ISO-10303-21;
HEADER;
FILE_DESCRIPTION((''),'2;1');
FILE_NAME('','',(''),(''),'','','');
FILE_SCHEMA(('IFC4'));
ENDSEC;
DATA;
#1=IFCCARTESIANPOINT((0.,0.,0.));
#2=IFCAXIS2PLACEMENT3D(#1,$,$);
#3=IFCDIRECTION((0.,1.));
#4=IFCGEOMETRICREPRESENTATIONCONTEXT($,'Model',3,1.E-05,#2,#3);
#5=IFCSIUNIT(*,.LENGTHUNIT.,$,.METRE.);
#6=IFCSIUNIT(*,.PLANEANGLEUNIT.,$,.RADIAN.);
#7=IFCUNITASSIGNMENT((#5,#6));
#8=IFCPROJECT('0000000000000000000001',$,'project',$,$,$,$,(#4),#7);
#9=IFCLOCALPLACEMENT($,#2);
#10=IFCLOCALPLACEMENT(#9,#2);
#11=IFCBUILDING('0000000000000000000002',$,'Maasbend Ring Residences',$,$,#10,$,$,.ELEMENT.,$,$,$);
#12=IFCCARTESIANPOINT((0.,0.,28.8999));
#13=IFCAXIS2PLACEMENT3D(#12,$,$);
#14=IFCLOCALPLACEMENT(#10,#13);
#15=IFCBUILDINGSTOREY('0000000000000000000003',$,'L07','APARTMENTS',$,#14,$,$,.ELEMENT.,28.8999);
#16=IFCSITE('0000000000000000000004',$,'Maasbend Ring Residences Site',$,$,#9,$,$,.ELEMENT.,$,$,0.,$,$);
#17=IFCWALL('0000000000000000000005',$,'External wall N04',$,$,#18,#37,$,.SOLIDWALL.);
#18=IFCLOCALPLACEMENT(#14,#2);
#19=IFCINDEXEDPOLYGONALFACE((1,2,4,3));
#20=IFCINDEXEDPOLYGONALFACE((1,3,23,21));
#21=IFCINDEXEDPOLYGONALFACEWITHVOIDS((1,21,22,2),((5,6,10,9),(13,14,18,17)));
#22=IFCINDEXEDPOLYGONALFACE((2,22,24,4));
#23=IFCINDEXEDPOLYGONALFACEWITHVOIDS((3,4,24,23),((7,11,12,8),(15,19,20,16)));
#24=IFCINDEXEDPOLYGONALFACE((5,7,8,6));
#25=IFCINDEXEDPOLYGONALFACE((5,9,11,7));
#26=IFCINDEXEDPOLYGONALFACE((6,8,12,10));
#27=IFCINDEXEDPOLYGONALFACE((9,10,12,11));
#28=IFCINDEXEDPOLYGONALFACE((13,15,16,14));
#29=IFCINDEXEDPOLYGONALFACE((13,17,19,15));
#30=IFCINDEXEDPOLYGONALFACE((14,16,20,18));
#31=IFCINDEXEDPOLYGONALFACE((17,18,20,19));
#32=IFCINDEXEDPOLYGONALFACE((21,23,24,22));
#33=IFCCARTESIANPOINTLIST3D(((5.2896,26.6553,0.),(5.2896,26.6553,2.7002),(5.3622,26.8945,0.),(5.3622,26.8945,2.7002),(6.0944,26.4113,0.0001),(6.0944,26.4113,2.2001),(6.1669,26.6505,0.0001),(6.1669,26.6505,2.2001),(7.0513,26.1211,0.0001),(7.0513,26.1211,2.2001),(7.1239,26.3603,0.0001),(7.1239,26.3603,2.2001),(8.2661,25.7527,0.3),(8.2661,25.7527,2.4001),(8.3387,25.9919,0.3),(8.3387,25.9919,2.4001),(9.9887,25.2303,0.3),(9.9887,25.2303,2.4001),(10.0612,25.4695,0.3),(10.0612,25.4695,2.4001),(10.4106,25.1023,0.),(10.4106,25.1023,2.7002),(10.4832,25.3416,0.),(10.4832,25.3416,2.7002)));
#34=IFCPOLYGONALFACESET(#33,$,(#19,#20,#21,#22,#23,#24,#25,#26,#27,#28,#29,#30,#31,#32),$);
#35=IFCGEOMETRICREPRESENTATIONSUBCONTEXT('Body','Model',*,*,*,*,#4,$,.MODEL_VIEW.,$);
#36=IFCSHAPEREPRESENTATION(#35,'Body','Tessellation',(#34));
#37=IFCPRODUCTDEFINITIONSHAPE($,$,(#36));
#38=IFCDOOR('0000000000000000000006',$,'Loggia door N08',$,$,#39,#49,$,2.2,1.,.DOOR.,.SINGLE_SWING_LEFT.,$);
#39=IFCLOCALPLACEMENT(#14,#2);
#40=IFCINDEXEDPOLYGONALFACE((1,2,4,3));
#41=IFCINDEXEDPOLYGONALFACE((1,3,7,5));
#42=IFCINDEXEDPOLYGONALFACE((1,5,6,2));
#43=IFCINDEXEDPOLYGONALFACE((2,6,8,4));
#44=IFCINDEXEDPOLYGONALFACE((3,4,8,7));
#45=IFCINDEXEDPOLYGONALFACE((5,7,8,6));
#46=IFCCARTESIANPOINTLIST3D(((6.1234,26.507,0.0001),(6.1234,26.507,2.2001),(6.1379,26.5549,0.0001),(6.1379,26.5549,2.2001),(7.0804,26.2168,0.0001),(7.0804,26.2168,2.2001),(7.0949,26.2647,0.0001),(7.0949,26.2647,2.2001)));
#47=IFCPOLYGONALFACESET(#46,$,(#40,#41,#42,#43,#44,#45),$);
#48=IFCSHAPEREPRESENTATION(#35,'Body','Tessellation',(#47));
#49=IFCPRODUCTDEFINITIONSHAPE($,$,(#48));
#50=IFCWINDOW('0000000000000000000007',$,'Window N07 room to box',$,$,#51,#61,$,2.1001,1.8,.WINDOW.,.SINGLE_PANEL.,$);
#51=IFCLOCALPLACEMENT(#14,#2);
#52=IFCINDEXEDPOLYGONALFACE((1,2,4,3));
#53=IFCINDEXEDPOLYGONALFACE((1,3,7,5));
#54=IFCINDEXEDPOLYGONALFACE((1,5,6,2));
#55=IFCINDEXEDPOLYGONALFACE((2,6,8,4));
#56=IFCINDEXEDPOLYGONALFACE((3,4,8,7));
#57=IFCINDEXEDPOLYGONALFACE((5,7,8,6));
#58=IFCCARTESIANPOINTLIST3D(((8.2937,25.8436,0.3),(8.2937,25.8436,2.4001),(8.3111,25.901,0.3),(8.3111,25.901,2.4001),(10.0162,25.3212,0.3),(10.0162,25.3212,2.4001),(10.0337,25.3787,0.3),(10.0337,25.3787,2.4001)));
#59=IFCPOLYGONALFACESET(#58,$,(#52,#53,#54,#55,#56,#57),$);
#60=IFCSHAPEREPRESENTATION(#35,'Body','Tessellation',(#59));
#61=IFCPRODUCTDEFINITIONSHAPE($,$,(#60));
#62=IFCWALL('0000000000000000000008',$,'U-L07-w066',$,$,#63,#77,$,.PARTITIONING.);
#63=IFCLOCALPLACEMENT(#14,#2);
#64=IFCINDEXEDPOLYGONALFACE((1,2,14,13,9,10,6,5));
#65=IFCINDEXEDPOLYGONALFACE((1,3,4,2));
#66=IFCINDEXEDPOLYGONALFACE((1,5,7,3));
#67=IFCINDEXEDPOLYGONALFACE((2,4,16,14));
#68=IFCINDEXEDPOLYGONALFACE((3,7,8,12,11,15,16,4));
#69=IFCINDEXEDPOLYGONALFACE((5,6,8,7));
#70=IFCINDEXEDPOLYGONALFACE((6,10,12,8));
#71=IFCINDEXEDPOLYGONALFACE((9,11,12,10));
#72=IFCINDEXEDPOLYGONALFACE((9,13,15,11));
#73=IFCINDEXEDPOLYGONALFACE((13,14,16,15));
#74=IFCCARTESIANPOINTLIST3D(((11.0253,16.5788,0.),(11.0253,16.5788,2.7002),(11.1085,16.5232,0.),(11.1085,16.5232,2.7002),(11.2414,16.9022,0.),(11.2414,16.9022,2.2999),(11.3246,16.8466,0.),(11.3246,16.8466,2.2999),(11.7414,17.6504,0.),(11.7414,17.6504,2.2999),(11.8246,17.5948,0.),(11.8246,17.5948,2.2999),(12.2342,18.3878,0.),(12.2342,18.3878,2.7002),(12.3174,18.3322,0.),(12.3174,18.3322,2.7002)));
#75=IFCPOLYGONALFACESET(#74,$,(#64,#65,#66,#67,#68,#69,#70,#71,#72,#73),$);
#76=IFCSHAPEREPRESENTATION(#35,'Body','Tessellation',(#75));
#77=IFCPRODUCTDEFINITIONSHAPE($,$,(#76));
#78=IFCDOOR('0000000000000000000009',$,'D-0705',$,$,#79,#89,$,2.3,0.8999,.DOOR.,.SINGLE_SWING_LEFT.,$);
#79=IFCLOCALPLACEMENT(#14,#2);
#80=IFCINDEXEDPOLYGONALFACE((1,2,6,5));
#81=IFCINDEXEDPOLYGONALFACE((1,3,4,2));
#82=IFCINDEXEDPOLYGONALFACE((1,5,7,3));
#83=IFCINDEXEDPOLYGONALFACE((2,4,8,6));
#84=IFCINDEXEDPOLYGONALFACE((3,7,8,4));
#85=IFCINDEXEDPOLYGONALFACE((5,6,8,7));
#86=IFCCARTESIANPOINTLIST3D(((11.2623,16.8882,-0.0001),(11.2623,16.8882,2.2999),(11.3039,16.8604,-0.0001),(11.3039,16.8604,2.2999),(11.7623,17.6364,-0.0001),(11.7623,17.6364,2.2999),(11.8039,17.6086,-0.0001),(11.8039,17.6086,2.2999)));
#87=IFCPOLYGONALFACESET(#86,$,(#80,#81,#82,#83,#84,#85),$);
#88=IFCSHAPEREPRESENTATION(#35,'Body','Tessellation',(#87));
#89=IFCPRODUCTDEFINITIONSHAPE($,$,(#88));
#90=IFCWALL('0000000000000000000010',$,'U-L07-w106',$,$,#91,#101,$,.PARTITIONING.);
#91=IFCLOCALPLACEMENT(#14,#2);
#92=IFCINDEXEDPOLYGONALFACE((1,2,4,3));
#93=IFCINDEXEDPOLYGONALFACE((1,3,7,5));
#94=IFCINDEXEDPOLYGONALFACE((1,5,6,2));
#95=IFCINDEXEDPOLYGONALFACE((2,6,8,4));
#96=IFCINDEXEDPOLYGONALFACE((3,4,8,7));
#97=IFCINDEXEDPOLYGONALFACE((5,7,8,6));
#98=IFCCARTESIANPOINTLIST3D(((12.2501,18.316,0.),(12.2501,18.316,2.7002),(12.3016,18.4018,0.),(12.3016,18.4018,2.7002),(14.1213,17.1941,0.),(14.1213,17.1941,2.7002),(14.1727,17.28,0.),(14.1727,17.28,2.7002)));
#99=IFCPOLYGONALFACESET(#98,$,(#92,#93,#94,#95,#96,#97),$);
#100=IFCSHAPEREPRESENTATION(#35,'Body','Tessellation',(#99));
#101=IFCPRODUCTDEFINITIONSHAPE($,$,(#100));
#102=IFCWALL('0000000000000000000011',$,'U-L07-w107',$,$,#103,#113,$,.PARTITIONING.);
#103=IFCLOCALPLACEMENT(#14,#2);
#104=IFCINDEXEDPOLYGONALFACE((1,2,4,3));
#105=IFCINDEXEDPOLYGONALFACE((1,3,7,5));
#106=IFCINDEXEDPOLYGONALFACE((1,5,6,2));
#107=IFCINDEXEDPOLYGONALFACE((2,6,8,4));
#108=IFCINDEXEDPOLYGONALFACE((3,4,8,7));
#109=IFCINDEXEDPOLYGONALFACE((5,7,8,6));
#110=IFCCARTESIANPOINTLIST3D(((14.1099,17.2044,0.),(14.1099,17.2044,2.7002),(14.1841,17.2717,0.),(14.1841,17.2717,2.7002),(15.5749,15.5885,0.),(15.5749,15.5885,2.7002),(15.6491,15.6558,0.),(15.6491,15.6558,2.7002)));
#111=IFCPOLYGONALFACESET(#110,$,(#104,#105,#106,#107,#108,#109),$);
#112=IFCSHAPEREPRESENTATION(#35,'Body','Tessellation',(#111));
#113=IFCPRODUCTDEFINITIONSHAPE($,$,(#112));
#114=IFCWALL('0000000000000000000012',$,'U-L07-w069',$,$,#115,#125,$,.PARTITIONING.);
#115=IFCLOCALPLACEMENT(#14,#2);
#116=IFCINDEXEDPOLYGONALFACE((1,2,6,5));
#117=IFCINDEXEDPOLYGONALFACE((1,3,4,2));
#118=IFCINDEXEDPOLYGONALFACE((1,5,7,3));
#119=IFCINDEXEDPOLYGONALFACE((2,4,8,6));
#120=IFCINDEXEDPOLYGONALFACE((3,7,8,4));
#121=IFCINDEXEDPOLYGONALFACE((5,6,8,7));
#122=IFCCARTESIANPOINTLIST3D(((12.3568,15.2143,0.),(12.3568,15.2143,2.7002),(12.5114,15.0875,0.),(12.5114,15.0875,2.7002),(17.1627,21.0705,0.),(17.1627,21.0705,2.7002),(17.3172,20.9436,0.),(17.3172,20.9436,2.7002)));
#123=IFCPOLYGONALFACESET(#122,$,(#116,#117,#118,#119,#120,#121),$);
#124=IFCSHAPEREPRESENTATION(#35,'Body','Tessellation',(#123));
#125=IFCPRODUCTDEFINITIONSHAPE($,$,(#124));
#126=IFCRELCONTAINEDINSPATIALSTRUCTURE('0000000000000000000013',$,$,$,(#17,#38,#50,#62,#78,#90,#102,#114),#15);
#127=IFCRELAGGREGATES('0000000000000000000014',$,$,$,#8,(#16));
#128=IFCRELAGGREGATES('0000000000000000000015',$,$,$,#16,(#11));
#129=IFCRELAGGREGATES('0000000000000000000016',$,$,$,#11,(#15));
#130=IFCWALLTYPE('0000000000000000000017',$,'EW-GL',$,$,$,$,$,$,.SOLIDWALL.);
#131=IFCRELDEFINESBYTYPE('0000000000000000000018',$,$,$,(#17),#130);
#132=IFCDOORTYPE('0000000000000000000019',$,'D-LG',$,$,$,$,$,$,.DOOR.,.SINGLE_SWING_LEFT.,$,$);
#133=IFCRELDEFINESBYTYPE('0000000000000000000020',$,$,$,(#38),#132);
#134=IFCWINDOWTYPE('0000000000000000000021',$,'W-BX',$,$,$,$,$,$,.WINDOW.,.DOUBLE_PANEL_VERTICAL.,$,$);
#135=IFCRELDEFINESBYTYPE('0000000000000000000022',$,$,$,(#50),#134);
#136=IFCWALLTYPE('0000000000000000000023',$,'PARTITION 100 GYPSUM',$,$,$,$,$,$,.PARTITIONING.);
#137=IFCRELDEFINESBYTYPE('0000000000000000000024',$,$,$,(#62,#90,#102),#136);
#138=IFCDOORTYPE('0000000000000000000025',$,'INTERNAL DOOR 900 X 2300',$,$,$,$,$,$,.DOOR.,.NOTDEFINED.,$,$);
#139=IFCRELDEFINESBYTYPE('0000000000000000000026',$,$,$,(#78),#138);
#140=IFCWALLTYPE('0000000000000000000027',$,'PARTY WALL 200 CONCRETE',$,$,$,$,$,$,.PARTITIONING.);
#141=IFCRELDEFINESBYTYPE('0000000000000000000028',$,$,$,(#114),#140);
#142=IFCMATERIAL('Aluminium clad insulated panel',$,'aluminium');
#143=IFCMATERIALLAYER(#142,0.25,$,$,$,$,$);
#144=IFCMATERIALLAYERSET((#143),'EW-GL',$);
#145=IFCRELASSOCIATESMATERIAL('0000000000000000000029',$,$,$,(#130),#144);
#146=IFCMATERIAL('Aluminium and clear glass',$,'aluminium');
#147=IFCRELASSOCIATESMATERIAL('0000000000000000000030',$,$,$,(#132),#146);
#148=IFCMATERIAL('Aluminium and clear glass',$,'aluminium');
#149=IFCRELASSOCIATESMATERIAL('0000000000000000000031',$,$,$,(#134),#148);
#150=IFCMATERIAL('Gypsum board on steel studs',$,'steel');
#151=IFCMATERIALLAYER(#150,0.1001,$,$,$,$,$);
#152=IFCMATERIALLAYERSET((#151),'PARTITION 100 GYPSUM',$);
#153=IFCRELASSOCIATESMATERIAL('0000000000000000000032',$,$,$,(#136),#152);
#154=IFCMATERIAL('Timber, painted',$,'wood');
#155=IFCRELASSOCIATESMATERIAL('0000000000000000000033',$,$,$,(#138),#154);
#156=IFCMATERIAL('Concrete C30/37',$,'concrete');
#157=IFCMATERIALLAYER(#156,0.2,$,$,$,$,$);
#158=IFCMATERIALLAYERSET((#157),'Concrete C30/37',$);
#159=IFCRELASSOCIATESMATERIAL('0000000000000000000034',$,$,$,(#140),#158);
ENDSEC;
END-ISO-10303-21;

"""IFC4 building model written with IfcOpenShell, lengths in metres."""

from ifc_helpers import new_model, si_unit, direction, frame, frame_2d, origin, place, context, subcontext, project, spatial, rectangle, extrude, material, layer, layer_set, type_object, element, fill, save


model = new_model("IFC4")

# Units and contexts
model_context = context("Model", 3, precision=1e-05, world=origin(), true_north=direction((0.0, 1.0)))
body_context = subcontext(model_context, "Body", "Model", "MODEL_VIEW")
ifc_project = project(units=[si_unit("LENGTHUNIT", "METRE"), si_unit("PLANEANGLEUNIT", "RADIAN")], contexts=[model_context])

# Site, building, storey
site_placement = place(None, origin())
site = spatial("IfcSite", under=ifc_project, at=site_placement, Name="Maasbend Ring Residences Site", CompositionType="ELEMENT", RefElevation=0.0)
building_placement = place(site_placement, origin())
building = spatial("IfcBuilding", under=site, at=building_placement, Name="Maasbend Ring Residences", CompositionType="ELEMENT")
storey_placement = place(building_placement, frame((0.0, 0.0, 28.8999)))
storey = spatial("IfcBuildingStorey", under=building, at=storey_placement, Name="L07", Description="APARTMENTS", CompositionType="ELEMENT", Elevation=28.8999)

# Wall, openings, door, window
ifc_material_1 = material(Name="Aluminium clad insulated panel", Category="aluminium")
ifc_layer_1 = layer(ifc_material_1, 0.25)
ifc_layer_set_1 = layer_set([ifc_layer_1], Name="EW-GL")
wall_type_1 = type_object("IfcWallType", Name="EW-GL", PredefinedType="SOLIDWALL", material=ifc_layer_set_1)
ifc_material_2 = material(Name="Aluminium and clear glass", Category="aluminium")
door_type_1 = type_object("IfcDoorType", Name="D-LG", OperationType="SINGLE_SWING_LEFT", PredefinedType="DOOR", material=ifc_material_2)
ifc_material_3 = material(Name="Aluminium and clear glass", Category="aluminium")
window_type_1 = type_object("IfcWindowType", Name="W-BX", PartitioningType="DOUBLE_PANEL_VERTICAL", PredefinedType="WINDOW", material=ifc_material_3)
wall_1_placement = place(storey_placement, frame((10.447, 25.2219, 0.0), z_axis=(0.0, 0.0, 1.0), x_axis=(-0.956966, 0.290201, 0.0)))
wall_1 = element("IfcWall", 1, at=wall_1_placement, inside=storey, type_object=wall_type_1, Name="External wall N04", PredefinedType="SOLIDWALL", context=body_context, shape_type="SweptSolid", body=[
    extrude(rectangle(XDim=5.3513, YDim=0.25, at=frame_2d((2.6758, 0.0))), origin(), (0.0, 0.0, 1.0), 2.7002),
])
opening_1_placement = place(wall_1_placement, frame((0.4412, 0.0, 0.3)))
opening_1 = element("IfcOpeningElement", 2, at=opening_1_placement, cuts=wall_1, PredefinedType="OPENING", context=body_context, shape_type="SweptSolid", body=[
    extrude(rectangle(XDim=1.8, YDim=2.1001, at=frame_2d((0.8999, 1.05))), frame((0.0, 0.135, 0.0), z_axis=(0.0, -1.0, 0.0), x_axis=(1.0, 0.0, 0.0)), (0.0, 0.0, 1.0), 0.27),
])
opening_2_placement = place(wall_1_placement, frame((3.5105, 0.0, 0.0)))
opening_2 = element("IfcOpeningElement", 3, at=opening_2_placement, cuts=wall_1, PredefinedType="OPENING", context=body_context, shape_type="SweptSolid", body=[
    extrude(rectangle(XDim=1.0, YDim=2.2, at=frame_2d((0.5, 1.1001))), frame((0.0, 0.135, 0.0), z_axis=(0.0, -1.0, 0.0), x_axis=(1.0, 0.0, 0.0)), (0.0, 0.0, 1.0), 0.27),
])
door_1_placement = place(opening_2_placement, origin())
door_1 = element("IfcDoor", 4, at=door_1_placement, inside=storey, type_object=door_type_1, Name="Loggia door N08", OperationType="SINGLE_SWING_LEFT", OverallHeight=2.2, OverallWidth=1.0, PredefinedType="DOOR", context=body_context, shape_type="SweptSolid", body=[
    extrude(rectangle(XDim=1.0, YDim=2.2, at=frame_2d((0.5, 1.1001))), frame((0.0, 0.0249, 0.0), z_axis=(0.0, -1.0, 0.0), x_axis=(1.0, 0.0, 0.0)), (0.0, 0.0, 1.0), 0.05),
])
fill(opening_2, door_1)
window_1_placement = place(opening_1_placement, origin())
window_1 = element("IfcWindow", 5, at=window_1_placement, inside=storey, type_object=window_type_1, Name="Window N07 room to box", OverallHeight=2.1001, OverallWidth=1.8, PartitioningType="SINGLE_PANEL", PredefinedType="WINDOW", context=body_context, shape_type="SweptSolid", body=[
    extrude(rectangle(XDim=1.8, YDim=2.1001, at=frame_2d((0.8999, 1.05))), frame((0.0, 0.03, 0.0), z_axis=(0.0, -1.0, 0.0), x_axis=(1.0, 0.0, 0.0)), (0.0, 0.0, 1.0), 0.0601),
])
fill(opening_1, window_1)

# Wall, opening, door
ifc_material_4 = material(Name="Gypsum board on steel studs", Category="steel")
ifc_layer_2 = layer(ifc_material_4, 0.1001)
ifc_layer_set_2 = layer_set([ifc_layer_2], Name="PARTITION 100 GYPSUM")
wall_type_2 = type_object("IfcWallType", Name="PARTITION 100 GYPSUM", PredefinedType="PARTITIONING", material=ifc_layer_set_2)
wall_2_placement = place(storey_placement, frame((11.0669, 16.551, 0.0), z_axis=(0.0, 0.0, 1.0), x_axis=(0.555632, 0.831428, 0.0)))
wall_2 = element("IfcWall", 6, at=wall_2_placement, inside=storey, type_object=wall_type_2, Name="U-L07-w066", PredefinedType="PARTITIONING", context=body_context, shape_type="SweptSolid", body=[
    extrude(rectangle(XDim=2.1758, YDim=0.1001, at=frame_2d((1.0879, 0.0))), origin(), (0.0, 0.0, 1.0), 2.7002),
])
opening_3_placement = place(wall_2_placement, frame((0.3889, 0.0, 0.0)))
opening_3 = element("IfcOpeningElement", 7, at=opening_3_placement, cuts=wall_2, PredefinedType="OPENING", context=body_context, shape_type="SweptSolid", body=[
    extrude(rectangle(XDim=0.8999, YDim=2.3, at=frame_2d((0.45, 1.1499))), frame((0.0, 0.0601, 0.0), z_axis=(0.0, -1.0, 0.0), x_axis=(1.0, 0.0, 0.0)), (0.0, 0.0, 1.0), 0.1201),
])
ifc_material_5 = material(Name="Timber, painted", Category="wood")
door_type_2 = type_object("IfcDoorType", Name="INTERNAL DOOR 900 X 2300", OperationType="NOTDEFINED", PredefinedType="DOOR", material=ifc_material_5)
door_2_placement = place(opening_3_placement, origin())
door_2 = element("IfcDoor", 8, at=door_2_placement, inside=storey, type_object=door_type_2, Name="D-0705", OperationType="SINGLE_SWING_LEFT", OverallHeight=2.3, OverallWidth=0.8999, PredefinedType="DOOR", context=body_context, shape_type="SweptSolid", body=[
    extrude(rectangle(XDim=0.8999, YDim=2.3, at=frame_2d((0.45, 1.1499))), frame((0.0, 0.0249, 0.0), z_axis=(0.0, -1.0, 0.0), x_axis=(1.0, 0.0, 0.0)), (0.0, 0.0, 1.0), 0.05),
])
fill(opening_3, door_2)

# Walls
wall_3_placement = place(storey_placement, frame((12.2759, 18.3589, 0.0), z_axis=(0.0, 0.0, 1.0), x_axis=(0.857661, -0.514216, 0.0)))
element("IfcWall", 9, at=wall_3_placement, inside=storey, type_object=wall_type_2, Name="U-L07-w106", PredefinedType="PARTITIONING", context=body_context, shape_type="SweptSolid", body=[
    extrude(rectangle(XDim=2.1816, YDim=0.1001, at=frame_2d((1.0908, 0.0))), origin(), (0.0, 0.0, 1.0), 2.7002),
])
wall_4_placement = place(storey_placement, frame((14.147, 17.238, 0.0), z_axis=(0.0, 0.0, 1.0), x_axis=(0.671675, -0.740846, 0.0)))
element("IfcWall", 10, at=wall_4_placement, inside=storey, type_object=wall_type_2, Name="U-L07-w107", PredefinedType="PARTITIONING", context=body_context, shape_type="SweptSolid", body=[
    extrude(rectangle(XDim=2.1812, YDim=0.1001, at=frame_2d((1.0906, 0.0))), origin(), (0.0, 0.0, 1.0), 2.7002),
])
ifc_material_6 = material(Name="Concrete C30/37", Category="concrete")
ifc_layer_3 = layer(ifc_material_6, 0.2)
ifc_layer_set_3 = layer_set([ifc_layer_3], Name="Concrete C30/37")
wall_type_3 = type_object("IfcWallType", Name="PARTY WALL 200 CONCRETE", PredefinedType="PARTITIONING", material=ifc_layer_set_3)
wall_5_placement = place(storey_placement, frame((12.4341, 15.1509, 0.0), z_axis=(0.0, 0.0, 1.0), x_axis=(0.634381, 0.77302, 0.0)))
element("IfcWall", 11, at=wall_5_placement, inside=storey, type_object=wall_type_3, Name="U-L07-w069", PredefinedType="PARTITIONING", context=body_context, shape_type="SweptSolid", body=[
    extrude(rectangle(XDim=7.5757, YDim=0.2, at=frame_2d((3.7878, 0.0))), origin(), (0.0, 0.0, 1.0), 2.7002),
])

save(model, "model.ifc")
